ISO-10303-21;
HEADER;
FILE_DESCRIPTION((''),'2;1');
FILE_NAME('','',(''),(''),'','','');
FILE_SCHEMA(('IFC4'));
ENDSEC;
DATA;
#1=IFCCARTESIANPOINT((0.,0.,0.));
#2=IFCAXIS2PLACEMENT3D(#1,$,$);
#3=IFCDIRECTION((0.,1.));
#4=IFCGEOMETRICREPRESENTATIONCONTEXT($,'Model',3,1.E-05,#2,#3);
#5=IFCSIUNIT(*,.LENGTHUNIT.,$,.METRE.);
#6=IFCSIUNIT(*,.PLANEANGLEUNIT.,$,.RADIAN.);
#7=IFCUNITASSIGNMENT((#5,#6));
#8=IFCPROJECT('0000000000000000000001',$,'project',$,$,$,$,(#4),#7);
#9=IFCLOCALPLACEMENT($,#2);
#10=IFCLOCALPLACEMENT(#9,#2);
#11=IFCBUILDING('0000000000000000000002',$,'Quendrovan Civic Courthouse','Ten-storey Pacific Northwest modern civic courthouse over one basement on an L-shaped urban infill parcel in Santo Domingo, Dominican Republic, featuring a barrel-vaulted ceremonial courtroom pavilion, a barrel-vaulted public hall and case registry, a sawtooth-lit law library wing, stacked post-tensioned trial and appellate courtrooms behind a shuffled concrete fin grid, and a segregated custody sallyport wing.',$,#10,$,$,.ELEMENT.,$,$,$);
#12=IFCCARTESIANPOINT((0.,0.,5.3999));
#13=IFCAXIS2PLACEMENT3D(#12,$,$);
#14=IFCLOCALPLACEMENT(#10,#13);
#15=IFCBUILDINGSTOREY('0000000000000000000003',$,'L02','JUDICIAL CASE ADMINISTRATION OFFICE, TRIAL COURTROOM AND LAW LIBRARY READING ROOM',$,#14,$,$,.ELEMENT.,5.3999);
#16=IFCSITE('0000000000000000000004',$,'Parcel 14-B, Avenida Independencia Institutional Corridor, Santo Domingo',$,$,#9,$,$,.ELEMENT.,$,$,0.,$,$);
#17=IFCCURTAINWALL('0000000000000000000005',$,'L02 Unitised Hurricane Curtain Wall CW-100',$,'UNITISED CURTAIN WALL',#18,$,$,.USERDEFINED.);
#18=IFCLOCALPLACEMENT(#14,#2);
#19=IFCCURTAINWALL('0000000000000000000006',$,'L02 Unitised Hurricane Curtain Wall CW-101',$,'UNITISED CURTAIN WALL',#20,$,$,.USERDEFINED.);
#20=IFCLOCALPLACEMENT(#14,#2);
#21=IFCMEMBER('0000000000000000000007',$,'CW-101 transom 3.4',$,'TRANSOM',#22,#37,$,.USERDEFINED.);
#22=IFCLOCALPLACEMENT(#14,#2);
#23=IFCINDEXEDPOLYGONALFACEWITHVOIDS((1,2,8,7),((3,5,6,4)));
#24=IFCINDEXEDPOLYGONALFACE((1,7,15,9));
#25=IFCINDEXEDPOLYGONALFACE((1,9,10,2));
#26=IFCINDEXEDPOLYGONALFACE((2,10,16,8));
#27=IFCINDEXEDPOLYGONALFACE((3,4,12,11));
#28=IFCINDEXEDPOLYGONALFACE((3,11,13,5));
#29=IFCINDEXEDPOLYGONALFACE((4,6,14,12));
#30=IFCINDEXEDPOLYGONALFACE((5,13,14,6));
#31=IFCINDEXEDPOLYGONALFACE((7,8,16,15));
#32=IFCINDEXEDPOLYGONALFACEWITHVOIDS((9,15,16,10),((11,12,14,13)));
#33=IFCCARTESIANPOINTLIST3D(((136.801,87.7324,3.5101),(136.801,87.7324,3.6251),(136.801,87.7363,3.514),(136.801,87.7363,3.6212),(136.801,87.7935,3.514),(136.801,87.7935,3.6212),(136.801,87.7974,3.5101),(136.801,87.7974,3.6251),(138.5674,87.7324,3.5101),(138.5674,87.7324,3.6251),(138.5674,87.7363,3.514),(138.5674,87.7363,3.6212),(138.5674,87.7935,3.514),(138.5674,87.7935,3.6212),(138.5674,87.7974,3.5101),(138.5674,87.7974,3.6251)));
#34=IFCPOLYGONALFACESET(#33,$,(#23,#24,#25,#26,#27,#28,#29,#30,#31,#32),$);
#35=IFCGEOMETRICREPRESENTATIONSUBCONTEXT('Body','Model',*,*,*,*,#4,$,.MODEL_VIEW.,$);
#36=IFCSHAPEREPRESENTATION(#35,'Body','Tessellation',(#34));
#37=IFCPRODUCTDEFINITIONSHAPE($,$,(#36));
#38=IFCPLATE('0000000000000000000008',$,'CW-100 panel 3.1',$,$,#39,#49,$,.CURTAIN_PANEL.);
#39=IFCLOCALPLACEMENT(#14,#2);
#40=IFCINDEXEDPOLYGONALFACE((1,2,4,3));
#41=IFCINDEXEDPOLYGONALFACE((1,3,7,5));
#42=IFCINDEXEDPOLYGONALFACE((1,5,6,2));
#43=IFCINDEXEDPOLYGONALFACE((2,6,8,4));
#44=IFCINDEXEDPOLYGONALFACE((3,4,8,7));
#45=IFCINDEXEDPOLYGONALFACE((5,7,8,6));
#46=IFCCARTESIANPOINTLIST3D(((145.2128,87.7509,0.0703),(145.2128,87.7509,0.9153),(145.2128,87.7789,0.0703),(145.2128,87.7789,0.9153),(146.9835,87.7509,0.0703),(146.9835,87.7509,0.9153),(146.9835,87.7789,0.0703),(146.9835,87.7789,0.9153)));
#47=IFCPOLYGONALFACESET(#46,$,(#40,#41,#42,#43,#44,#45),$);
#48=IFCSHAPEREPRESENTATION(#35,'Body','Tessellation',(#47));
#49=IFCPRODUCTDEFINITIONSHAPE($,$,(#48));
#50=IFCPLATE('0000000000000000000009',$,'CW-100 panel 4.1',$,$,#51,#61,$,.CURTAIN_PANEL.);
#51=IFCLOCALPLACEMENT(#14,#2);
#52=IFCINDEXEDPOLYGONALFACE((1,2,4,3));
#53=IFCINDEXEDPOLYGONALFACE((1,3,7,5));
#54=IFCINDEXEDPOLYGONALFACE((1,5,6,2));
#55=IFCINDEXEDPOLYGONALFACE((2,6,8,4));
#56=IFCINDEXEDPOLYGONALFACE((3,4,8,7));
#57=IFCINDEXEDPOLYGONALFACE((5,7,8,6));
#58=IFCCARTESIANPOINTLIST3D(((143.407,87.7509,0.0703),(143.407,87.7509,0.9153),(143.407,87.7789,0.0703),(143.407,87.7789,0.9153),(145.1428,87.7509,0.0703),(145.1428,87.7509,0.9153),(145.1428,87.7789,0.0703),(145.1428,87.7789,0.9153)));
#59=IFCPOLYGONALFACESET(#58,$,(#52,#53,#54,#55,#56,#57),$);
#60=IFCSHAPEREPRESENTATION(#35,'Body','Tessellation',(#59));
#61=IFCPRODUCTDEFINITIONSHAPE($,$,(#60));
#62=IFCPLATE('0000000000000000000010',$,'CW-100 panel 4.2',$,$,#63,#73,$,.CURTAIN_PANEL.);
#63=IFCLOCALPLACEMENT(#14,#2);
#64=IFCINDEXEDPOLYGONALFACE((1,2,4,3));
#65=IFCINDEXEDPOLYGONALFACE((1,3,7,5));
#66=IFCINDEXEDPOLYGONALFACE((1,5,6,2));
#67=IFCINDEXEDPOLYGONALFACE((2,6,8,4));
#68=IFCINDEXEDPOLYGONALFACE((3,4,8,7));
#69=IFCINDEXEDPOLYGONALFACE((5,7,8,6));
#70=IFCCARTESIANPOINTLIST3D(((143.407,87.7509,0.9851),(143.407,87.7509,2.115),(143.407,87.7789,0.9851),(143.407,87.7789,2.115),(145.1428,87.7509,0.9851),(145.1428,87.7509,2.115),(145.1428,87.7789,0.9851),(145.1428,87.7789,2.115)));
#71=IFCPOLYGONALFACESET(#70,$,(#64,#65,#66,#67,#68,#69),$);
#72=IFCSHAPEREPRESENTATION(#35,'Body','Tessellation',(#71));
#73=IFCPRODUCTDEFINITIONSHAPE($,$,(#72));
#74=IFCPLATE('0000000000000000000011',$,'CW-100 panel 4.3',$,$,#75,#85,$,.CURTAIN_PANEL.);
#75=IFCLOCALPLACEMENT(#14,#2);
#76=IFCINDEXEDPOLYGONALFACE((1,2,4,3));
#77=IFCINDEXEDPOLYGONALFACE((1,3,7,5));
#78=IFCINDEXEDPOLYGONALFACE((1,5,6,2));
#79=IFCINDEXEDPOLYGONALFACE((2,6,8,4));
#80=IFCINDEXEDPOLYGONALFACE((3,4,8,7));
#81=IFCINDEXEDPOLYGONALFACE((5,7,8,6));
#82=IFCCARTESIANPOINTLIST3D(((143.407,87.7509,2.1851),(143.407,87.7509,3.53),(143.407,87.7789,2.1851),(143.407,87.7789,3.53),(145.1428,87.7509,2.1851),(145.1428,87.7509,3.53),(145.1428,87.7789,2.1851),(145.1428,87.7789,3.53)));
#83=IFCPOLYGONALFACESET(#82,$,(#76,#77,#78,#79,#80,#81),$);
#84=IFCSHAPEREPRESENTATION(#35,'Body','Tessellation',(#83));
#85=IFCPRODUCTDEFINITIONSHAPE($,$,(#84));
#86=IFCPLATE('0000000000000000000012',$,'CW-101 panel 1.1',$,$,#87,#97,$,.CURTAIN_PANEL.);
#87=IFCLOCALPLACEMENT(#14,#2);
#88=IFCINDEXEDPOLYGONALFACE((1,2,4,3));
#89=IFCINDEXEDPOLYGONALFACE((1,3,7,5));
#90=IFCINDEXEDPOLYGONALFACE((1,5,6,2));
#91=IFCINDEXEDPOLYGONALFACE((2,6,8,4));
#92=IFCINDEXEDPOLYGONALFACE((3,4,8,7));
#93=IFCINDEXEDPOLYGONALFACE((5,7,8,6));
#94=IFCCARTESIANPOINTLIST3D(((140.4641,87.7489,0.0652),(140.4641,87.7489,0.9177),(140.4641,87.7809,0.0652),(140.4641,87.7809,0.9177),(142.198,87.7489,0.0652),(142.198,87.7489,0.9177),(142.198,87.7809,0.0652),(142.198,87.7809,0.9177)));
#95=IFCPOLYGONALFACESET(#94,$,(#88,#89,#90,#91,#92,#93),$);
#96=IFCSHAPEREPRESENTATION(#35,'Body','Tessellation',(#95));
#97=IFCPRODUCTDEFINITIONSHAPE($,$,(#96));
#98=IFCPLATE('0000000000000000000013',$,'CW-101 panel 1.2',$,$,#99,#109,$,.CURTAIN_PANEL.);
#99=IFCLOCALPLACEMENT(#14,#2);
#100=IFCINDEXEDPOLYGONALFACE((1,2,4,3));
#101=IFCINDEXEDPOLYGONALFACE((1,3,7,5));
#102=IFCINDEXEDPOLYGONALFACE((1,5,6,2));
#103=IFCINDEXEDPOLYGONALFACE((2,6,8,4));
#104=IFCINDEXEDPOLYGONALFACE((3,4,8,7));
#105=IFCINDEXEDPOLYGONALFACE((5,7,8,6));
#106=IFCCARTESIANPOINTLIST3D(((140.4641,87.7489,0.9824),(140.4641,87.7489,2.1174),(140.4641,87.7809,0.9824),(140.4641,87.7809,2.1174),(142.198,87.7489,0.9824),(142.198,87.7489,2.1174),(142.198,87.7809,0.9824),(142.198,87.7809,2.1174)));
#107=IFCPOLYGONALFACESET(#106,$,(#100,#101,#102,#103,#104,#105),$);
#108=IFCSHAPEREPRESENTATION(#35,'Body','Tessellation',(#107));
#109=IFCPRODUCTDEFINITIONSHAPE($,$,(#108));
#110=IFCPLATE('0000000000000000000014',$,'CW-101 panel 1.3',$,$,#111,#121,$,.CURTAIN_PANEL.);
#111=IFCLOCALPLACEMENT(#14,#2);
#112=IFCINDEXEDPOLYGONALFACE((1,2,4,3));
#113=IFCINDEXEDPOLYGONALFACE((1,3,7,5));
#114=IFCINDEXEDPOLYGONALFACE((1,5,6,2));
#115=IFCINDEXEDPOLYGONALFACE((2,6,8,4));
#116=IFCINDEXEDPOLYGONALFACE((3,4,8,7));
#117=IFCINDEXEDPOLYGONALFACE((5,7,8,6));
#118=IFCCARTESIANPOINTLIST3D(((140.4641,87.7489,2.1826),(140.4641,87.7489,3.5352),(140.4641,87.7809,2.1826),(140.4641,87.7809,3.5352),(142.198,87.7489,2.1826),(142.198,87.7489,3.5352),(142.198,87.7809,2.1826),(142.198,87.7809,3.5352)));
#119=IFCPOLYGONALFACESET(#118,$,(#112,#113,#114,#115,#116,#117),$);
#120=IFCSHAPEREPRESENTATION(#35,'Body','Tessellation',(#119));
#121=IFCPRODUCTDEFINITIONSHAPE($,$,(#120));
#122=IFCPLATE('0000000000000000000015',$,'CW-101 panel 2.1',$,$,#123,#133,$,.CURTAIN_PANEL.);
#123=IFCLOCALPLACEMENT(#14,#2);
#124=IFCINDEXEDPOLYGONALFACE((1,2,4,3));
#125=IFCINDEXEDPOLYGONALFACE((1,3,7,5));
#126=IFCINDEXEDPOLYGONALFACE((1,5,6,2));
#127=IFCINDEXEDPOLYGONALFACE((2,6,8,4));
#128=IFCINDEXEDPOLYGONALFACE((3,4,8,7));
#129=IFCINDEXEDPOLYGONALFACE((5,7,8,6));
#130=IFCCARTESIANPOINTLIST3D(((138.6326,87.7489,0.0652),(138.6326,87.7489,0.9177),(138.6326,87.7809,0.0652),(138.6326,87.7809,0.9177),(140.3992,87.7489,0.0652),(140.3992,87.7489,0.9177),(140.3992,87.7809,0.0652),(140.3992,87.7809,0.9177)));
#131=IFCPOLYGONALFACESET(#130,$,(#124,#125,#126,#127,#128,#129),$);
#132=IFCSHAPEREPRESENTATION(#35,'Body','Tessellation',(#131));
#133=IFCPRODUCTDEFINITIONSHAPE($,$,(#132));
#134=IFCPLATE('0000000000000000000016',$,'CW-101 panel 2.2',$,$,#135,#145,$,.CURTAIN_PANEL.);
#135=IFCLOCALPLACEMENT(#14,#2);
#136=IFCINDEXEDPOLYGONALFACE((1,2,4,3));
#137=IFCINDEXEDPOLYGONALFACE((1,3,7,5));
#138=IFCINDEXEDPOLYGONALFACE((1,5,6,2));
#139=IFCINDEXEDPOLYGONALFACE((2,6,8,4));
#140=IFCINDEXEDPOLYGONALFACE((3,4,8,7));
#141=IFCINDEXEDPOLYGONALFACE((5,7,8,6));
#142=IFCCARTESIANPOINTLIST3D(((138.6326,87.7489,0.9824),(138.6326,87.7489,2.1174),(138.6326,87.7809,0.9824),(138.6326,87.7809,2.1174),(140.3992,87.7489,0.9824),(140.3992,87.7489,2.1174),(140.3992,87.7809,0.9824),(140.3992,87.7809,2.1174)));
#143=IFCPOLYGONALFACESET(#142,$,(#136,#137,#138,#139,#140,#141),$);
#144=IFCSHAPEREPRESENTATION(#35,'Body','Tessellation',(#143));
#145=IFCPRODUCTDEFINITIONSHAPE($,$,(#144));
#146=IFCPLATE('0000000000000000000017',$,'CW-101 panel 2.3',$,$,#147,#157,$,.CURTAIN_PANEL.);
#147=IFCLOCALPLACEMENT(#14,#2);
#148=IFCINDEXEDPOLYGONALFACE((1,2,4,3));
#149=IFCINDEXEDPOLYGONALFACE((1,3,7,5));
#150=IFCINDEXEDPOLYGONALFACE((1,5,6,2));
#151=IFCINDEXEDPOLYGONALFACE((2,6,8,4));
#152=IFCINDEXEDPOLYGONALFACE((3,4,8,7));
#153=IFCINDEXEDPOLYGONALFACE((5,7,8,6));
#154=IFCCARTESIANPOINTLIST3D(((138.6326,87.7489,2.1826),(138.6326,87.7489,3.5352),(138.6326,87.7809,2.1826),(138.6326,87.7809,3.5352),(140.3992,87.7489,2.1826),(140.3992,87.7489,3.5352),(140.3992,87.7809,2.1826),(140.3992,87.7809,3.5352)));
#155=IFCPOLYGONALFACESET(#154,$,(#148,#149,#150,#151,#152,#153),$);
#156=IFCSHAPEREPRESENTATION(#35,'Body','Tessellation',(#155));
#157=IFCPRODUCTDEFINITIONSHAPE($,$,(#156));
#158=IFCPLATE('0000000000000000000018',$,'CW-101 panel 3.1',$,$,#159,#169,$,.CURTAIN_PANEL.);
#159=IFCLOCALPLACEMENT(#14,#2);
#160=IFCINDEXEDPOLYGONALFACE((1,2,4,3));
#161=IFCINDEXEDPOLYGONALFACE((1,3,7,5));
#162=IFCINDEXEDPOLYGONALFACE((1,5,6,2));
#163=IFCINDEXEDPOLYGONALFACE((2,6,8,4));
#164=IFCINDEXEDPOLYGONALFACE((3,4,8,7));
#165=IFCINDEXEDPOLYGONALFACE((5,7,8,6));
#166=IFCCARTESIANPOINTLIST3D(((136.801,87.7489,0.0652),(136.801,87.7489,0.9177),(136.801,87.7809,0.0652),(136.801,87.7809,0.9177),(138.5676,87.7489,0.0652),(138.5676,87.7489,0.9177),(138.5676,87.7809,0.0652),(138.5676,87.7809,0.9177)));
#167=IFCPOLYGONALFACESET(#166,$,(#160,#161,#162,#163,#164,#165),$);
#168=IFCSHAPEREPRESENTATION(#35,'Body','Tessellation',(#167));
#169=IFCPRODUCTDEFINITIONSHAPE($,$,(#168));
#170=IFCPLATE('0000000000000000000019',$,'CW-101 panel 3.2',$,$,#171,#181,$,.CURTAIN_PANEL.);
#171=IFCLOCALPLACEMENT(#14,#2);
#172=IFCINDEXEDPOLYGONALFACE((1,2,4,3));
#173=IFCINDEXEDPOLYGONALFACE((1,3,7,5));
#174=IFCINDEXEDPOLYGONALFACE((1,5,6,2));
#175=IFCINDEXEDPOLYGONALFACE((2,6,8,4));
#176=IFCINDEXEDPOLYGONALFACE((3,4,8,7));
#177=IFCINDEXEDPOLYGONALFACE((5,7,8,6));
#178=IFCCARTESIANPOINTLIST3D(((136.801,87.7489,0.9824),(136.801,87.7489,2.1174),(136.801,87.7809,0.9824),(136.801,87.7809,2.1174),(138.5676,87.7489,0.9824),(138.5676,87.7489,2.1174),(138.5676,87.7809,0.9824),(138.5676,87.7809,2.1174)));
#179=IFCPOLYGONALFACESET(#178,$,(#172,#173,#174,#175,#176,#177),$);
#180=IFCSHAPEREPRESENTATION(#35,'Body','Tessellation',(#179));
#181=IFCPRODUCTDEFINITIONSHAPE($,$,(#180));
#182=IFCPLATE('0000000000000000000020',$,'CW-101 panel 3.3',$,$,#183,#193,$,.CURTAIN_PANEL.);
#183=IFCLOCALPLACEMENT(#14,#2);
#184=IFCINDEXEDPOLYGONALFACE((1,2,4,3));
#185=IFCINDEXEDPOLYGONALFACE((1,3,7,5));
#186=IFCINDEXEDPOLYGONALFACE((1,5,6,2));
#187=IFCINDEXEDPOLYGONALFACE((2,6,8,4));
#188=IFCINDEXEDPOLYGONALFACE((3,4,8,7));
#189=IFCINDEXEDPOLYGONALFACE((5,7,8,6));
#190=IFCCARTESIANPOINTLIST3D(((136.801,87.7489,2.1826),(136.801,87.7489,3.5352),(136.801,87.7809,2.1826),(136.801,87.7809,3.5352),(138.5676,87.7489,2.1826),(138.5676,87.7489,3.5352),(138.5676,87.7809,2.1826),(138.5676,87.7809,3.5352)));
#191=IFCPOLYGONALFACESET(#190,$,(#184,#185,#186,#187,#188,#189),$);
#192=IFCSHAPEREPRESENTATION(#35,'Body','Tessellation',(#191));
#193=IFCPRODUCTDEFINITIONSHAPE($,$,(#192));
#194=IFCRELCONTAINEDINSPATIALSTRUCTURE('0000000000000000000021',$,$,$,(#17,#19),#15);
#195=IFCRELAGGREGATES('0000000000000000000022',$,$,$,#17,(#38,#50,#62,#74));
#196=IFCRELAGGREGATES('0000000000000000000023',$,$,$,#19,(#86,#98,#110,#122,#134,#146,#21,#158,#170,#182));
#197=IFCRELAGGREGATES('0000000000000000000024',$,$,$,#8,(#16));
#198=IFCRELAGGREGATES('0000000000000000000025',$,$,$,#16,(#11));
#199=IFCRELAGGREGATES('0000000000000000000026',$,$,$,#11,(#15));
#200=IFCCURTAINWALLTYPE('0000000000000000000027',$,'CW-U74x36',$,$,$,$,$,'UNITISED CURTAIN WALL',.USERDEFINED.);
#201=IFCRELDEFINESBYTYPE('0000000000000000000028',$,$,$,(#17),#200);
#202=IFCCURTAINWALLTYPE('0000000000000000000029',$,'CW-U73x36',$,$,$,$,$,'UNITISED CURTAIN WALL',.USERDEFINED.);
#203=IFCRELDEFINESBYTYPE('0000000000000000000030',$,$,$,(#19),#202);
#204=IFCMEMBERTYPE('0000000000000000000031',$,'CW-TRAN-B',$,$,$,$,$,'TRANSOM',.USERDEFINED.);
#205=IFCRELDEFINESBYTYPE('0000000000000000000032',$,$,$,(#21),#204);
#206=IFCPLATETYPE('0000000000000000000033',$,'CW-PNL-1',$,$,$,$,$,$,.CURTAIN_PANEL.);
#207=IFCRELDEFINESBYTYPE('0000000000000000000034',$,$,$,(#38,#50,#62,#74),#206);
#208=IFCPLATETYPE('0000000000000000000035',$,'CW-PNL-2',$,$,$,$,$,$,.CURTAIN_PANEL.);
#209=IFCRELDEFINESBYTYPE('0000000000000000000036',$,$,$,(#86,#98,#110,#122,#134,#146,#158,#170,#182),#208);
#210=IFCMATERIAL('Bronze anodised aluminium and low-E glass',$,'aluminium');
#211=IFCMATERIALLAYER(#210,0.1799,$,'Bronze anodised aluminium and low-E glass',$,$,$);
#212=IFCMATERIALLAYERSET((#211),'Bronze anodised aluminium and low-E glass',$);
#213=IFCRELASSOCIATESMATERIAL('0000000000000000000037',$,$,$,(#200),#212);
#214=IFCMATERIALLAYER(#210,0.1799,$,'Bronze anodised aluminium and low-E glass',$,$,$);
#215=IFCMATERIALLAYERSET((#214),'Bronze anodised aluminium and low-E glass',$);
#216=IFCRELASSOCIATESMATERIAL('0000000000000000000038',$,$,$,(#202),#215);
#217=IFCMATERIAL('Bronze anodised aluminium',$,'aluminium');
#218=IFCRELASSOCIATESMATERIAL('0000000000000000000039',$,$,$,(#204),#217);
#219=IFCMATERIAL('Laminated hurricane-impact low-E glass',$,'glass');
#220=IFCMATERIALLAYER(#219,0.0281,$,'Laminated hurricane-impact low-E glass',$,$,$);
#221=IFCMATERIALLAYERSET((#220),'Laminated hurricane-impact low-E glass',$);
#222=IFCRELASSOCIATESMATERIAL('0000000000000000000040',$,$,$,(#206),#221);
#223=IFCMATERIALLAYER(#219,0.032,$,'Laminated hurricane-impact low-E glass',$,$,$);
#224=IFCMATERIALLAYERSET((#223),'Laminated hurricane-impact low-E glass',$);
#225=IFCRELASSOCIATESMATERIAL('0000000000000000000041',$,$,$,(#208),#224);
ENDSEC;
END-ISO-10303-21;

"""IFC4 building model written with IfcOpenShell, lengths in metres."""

from ifc_helpers import new_model, si_unit, direction, frame, origin, origin_2d, place, context, subcontext, project, spatial, rectangle, hollow_rectangle, extrude, material, layer, layer_set, material_profile, profile_set, type_object, element, aggregate, save


model = new_model("IFC4")

# Units and contexts
model_context = context("Model", 3, precision=1e-05, world=origin(), true_north=direction((0.0, 1.0)))
body_context = subcontext(model_context, "Body", "Model", "MODEL_VIEW")
ifc_project = project(units=[si_unit("LENGTHUNIT", "METRE"), si_unit("PLANEANGLEUNIT", "RADIAN")], contexts=[model_context])

# Site, building, storey
site_placement = place(None, origin())
site = spatial("IfcSite", under=ifc_project, at=site_placement, Name="Parcel 14-B, Avenida Independencia Institutional Corridor, Santo Domingo", CompositionType="ELEMENT", RefElevation=0.0)
building_placement = place(site_placement, origin())
building = spatial("IfcBuilding", under=site, at=building_placement, Name="Quendrovan Civic Courthouse", Description="Ten-storey Pacific Northwest modern civic courthouse over one basement on an L-shaped urban infill parcel in Santo Domingo, Dominican Republic, featuring a barrel-vaulted ceremonial courtroom pavilion, a barrel-vaulted public hall and case registry, a sawtooth-lit law library wing, stacked post-tensioned trial and appellate courtrooms behind a shuffled concrete fin grid, and a segregated custody sallyport wing.", CompositionType="ELEMENT")
storey_placement = place(building_placement, frame((0.0, 0.0, 5.3999)))
storey = spatial("IfcBuildingStorey", under=building, at=storey_placement, Name="L02", Description="JUDICIAL CASE ADMINISTRATION OFFICE, TRIAL COURTROOM AND LAW LIBRARY READING ROOM", CompositionType="ELEMENT", Elevation=5.3999)

# Curtain walls
ifc_material_1 = material(Name="Bronze anodised aluminium and low-E glass", Category="aluminium")
ifc_layer_1 = layer(ifc_material_1, 0.1799, Name="Bronze anodised aluminium and low-E glass")
ifc_layer_set_1 = layer_set([ifc_layer_1], Name="Bronze anodised aluminium and low-E glass")
curtain_wall_type_1 = type_object("IfcCurtainWallType", Name="CW-U74x36", ElementType="UNITISED CURTAIN WALL", PredefinedType="USERDEFINED", material=ifc_layer_set_1)
curtain_wall_1_placement = place(storey_placement, origin())
curtain_wall_1 = element("IfcCurtainWall", 1, at=curtain_wall_1_placement, inside=storey, type_object=curtain_wall_type_1, Name="L02 Unitised Hurricane Curtain Wall CW-100", ObjectType="UNITISED CURTAIN WALL", PredefinedType="USERDEFINED")
ifc_material_2 = material(Name="Bronze anodised aluminium", Category="aluminium")
ifc_layer_2 = layer(ifc_material_1, 0.1799, Name="Bronze anodised aluminium and low-E glass")
ifc_layer_set_2 = layer_set([ifc_layer_2], Name="Bronze anodised aluminium and low-E glass")
curtain_wall_type_2 = type_object("IfcCurtainWallType", Name="CW-U73x36", ElementType="UNITISED CURTAIN WALL", PredefinedType="USERDEFINED", material=ifc_layer_set_2)
curtain_wall_2_placement = place(storey_placement, origin())
curtain_wall_2 = element("IfcCurtainWall", 2, at=curtain_wall_2_placement, inside=storey, type_object=curtain_wall_type_2, Name="L02 Unitised Hurricane Curtain Wall CW-101", ObjectType="UNITISED CURTAIN WALL", PredefinedType="USERDEFINED")

# Member
ifc_material_profile_1 = material_profile(ifc_material_2, hollow_rectangle(XDim=0.0649, YDim=0.115, WallThickness=0.0039, at=origin_2d()), Name="CW-TRAN-65x115")
ifc_profile_set_1 = profile_set([ifc_material_profile_1], Name="Bronze anodised aluminium")
member_type_1 = type_object("IfcMemberType", Name="CW-TRAN-B", ElementType="TRANSOM", PredefinedType="USERDEFINED", material=ifc_profile_set_1)
member_1_placement = place(storey_placement, frame((138.5674, 87.7649, 3.5676), z_axis=(-1.0, 0.0, 0.0), x_axis=(0.0, -1.0, 0.0)))
member_1 = element("IfcMember", 3, at=member_1_placement, type_object=member_type_1, Name="CW-101 transom 3.4", ObjectType="TRANSOM", PredefinedType="USERDEFINED", context=body_context, shape_type="SweptSolid", body=[
    extrude(hollow_rectangle(XDim=0.0649, YDim=0.115, WallThickness=0.0039, at=origin_2d()), origin(), (0.0, 0.0, 1.0), 1.7664),
])

# Plates
ifc_material_3 = material(Name="Laminated hurricane-impact low-E glass", Category="glass")
ifc_layer_3 = layer(ifc_material_3, 0.0281, Name="Laminated hurricane-impact low-E glass")
ifc_layer_set_3 = layer_set([ifc_layer_3], Name="Laminated hurricane-impact low-E glass")
plate_type_1 = type_object("IfcPlateType", Name="CW-PNL-1", PredefinedType="CURTAIN_PANEL", material=ifc_layer_set_3)
plate_1_placement = place(storey_placement, frame((146.0981, 87.7649, 0.0703), z_axis=(0.0, 0.0, 1.0), x_axis=(-1.0, 0.0, 0.0)))
plate_1 = element("IfcPlate", 4, at=plate_1_placement, type_object=plate_type_1, Name="CW-100 panel 3.1", PredefinedType="CURTAIN_PANEL", context=body_context, shape_type="SweptSolid", body=[
    extrude(rectangle(XDim=1.7708, YDim=0.0281, at=origin_2d()), origin(), (0.0, 0.0, 1.0), 0.845),
])
plate_2_placement = place(storey_placement, frame((144.2749, 87.7649, 0.0703), z_axis=(0.0, 0.0, 1.0), x_axis=(-1.0, 0.0, 0.0)))
plate_2 = element("IfcPlate", 5, at=plate_2_placement, type_object=plate_type_1, Name="CW-100 panel 4.1", PredefinedType="CURTAIN_PANEL", context=body_context, shape_type="SweptSolid", body=[
    extrude(rectangle(XDim=1.7358, YDim=0.0281, at=origin_2d()), origin(), (0.0, 0.0, 1.0), 0.845),
])
plate_3_placement = place(storey_placement, frame((144.2749, 87.7649, 0.9851), z_axis=(0.0, 0.0, 1.0), x_axis=(-1.0, 0.0, 0.0)))
plate_3 = element("IfcPlate", 6, at=plate_3_placement, type_object=plate_type_1, Name="CW-100 panel 4.2", PredefinedType="CURTAIN_PANEL", context=body_context, shape_type="SweptSolid", body=[
    extrude(rectangle(XDim=1.7358, YDim=0.0281, at=origin_2d()), origin(), (0.0, 0.0, 1.0), 1.1299),
])
plate_4_placement = place(storey_placement, frame((144.2749, 87.7649, 2.1851), z_axis=(0.0, 0.0, 1.0), x_axis=(-1.0, 0.0, 0.0)))
plate_4 = element("IfcPlate", 7, at=plate_4_placement, type_object=plate_type_1, Name="CW-100 panel 4.3", PredefinedType="CURTAIN_PANEL", context=body_context, shape_type="SweptSolid", body=[
    extrude(rectangle(XDim=1.7358, YDim=0.0281, at=origin_2d()), origin(), (0.0, 0.0, 1.0), 1.345),
])
aggregate(curtain_wall_1, [plate_1, plate_2, plate_3, plate_4])
ifc_layer_4 = layer(ifc_material_3, 0.032, Name="Laminated hurricane-impact low-E glass")
ifc_layer_set_4 = layer_set([ifc_layer_4], Name="Laminated hurricane-impact low-E glass")
plate_type_2 = type_object("IfcPlateType", Name="CW-PNL-2", PredefinedType="CURTAIN_PANEL", material=ifc_layer_set_4)
plate_5_placement = place(storey_placement, frame((141.3311, 87.7649, 0.0652), z_axis=(0.0, 0.0, 1.0), x_axis=(-1.0, 0.0, 0.0)))
plate_5 = element("IfcPlate", 8, at=plate_5_placement, type_object=plate_type_2, Name="CW-101 panel 1.1", PredefinedType="CURTAIN_PANEL", context=body_context, shape_type="SweptSolid", body=[
    extrude(rectangle(XDim=1.7339, YDim=0.032, at=origin_2d()), origin(), (0.0, 0.0, 1.0), 0.8525),
])
plate_6_placement = place(storey_placement, frame((141.3311, 87.7649, 0.9824), z_axis=(0.0, 0.0, 1.0), x_axis=(-1.0, 0.0, 0.0)))
plate_6 = element("IfcPlate", 9, at=plate_6_placement, type_object=plate_type_2, Name="CW-101 panel 1.2", PredefinedType="CURTAIN_PANEL", context=body_context, shape_type="SweptSolid", body=[
    extrude(rectangle(XDim=1.7339, YDim=0.032, at=origin_2d()), origin(), (0.0, 0.0, 1.0), 1.135),
])
plate_7_placement = place(storey_placement, frame((141.3311, 87.7649, 2.1826), z_axis=(0.0, 0.0, 1.0), x_axis=(-1.0, 0.0, 0.0)))
plate_7 = element("IfcPlate", 10, at=plate_7_placement, type_object=plate_type_2, Name="CW-101 panel 1.3", PredefinedType="CURTAIN_PANEL", context=body_context, shape_type="SweptSolid", body=[
    extrude(rectangle(XDim=1.7339, YDim=0.032, at=origin_2d()), origin(), (0.0, 0.0, 1.0), 1.3525),
])
plate_8_placement = place(storey_placement, frame((139.5159, 87.7649, 0.0652), z_axis=(0.0, 0.0, 1.0), x_axis=(-1.0, 0.0, 0.0)))
plate_8 = element("IfcPlate", 11, at=plate_8_placement, type_object=plate_type_2, Name="CW-101 panel 2.1", PredefinedType="CURTAIN_PANEL", context=body_context, shape_type="SweptSolid", body=[
    extrude(rectangle(XDim=1.7666, YDim=0.032, at=origin_2d()), origin(), (0.0, 0.0, 1.0), 0.8525),
])
plate_9_placement = place(storey_placement, frame((139.5159, 87.7649, 0.9824), z_axis=(0.0, 0.0, 1.0), x_axis=(-1.0, 0.0, 0.0)))
plate_9 = element("IfcPlate", 12, at=plate_9_placement, type_object=plate_type_2, Name="CW-101 panel 2.2", PredefinedType="CURTAIN_PANEL", context=body_context, shape_type="SweptSolid", body=[
    extrude(rectangle(XDim=1.7666, YDim=0.032, at=origin_2d()), origin(), (0.0, 0.0, 1.0), 1.135),
])
plate_10_placement = place(storey_placement, frame((139.5159, 87.7649, 2.1826), z_axis=(0.0, 0.0, 1.0), x_axis=(-1.0, 0.0, 0.0)))
plate_10 = element("IfcPlate", 13, at=plate_10_placement, type_object=plate_type_2, Name="CW-101 panel 2.3", PredefinedType="CURTAIN_PANEL", context=body_context, shape_type="SweptSolid", body=[
    extrude(rectangle(XDim=1.7666, YDim=0.032, at=origin_2d()), origin(), (0.0, 0.0, 1.0), 1.3525),
])
plate_11_placement = place(storey_placement, frame((137.6843, 87.7649, 0.0652), z_axis=(0.0, 0.0, 1.0), x_axis=(-1.0, 0.0, 0.0)))
plate_11 = element("IfcPlate", 14, at=plate_11_placement, type_object=plate_type_2, Name="CW-101 panel 3.1", PredefinedType="CURTAIN_PANEL", context=body_context, shape_type="SweptSolid", body=[
    extrude(rectangle(XDim=1.7666, YDim=0.032, at=origin_2d()), origin(), (0.0, 0.0, 1.0), 0.8525),
])
plate_12_placement = place(storey_placement, frame((137.6843, 87.7649, 0.9824), z_axis=(0.0, 0.0, 1.0), x_axis=(-1.0, 0.0, 0.0)))
plate_12 = element("IfcPlate", 15, at=plate_12_placement, type_object=plate_type_2, Name="CW-101 panel 3.2", PredefinedType="CURTAIN_PANEL", context=body_context, shape_type="SweptSolid", body=[
    extrude(rectangle(XDim=1.7666, YDim=0.032, at=origin_2d()), origin(), (0.0, 0.0, 1.0), 1.135),
])
plate_13_placement = place(storey_placement, frame((137.6843, 87.7649, 2.1826), z_axis=(0.0, 0.0, 1.0), x_axis=(-1.0, 0.0, 0.0)))
plate_13 = element("IfcPlate", 16, at=plate_13_placement, type_object=plate_type_2, Name="CW-101 panel 3.3", PredefinedType="CURTAIN_PANEL", context=body_context, shape_type="SweptSolid", body=[
    extrude(rectangle(XDim=1.7666, YDim=0.032, at=origin_2d()), origin(), (0.0, 0.0, 1.0), 1.3525),
])
aggregate(curtain_wall_2, [plate_5, plate_6, plate_7, plate_8, plate_9, plate_10, member_1, plate_11, plate_12, plate_13])

save(model, "model.ifc")
